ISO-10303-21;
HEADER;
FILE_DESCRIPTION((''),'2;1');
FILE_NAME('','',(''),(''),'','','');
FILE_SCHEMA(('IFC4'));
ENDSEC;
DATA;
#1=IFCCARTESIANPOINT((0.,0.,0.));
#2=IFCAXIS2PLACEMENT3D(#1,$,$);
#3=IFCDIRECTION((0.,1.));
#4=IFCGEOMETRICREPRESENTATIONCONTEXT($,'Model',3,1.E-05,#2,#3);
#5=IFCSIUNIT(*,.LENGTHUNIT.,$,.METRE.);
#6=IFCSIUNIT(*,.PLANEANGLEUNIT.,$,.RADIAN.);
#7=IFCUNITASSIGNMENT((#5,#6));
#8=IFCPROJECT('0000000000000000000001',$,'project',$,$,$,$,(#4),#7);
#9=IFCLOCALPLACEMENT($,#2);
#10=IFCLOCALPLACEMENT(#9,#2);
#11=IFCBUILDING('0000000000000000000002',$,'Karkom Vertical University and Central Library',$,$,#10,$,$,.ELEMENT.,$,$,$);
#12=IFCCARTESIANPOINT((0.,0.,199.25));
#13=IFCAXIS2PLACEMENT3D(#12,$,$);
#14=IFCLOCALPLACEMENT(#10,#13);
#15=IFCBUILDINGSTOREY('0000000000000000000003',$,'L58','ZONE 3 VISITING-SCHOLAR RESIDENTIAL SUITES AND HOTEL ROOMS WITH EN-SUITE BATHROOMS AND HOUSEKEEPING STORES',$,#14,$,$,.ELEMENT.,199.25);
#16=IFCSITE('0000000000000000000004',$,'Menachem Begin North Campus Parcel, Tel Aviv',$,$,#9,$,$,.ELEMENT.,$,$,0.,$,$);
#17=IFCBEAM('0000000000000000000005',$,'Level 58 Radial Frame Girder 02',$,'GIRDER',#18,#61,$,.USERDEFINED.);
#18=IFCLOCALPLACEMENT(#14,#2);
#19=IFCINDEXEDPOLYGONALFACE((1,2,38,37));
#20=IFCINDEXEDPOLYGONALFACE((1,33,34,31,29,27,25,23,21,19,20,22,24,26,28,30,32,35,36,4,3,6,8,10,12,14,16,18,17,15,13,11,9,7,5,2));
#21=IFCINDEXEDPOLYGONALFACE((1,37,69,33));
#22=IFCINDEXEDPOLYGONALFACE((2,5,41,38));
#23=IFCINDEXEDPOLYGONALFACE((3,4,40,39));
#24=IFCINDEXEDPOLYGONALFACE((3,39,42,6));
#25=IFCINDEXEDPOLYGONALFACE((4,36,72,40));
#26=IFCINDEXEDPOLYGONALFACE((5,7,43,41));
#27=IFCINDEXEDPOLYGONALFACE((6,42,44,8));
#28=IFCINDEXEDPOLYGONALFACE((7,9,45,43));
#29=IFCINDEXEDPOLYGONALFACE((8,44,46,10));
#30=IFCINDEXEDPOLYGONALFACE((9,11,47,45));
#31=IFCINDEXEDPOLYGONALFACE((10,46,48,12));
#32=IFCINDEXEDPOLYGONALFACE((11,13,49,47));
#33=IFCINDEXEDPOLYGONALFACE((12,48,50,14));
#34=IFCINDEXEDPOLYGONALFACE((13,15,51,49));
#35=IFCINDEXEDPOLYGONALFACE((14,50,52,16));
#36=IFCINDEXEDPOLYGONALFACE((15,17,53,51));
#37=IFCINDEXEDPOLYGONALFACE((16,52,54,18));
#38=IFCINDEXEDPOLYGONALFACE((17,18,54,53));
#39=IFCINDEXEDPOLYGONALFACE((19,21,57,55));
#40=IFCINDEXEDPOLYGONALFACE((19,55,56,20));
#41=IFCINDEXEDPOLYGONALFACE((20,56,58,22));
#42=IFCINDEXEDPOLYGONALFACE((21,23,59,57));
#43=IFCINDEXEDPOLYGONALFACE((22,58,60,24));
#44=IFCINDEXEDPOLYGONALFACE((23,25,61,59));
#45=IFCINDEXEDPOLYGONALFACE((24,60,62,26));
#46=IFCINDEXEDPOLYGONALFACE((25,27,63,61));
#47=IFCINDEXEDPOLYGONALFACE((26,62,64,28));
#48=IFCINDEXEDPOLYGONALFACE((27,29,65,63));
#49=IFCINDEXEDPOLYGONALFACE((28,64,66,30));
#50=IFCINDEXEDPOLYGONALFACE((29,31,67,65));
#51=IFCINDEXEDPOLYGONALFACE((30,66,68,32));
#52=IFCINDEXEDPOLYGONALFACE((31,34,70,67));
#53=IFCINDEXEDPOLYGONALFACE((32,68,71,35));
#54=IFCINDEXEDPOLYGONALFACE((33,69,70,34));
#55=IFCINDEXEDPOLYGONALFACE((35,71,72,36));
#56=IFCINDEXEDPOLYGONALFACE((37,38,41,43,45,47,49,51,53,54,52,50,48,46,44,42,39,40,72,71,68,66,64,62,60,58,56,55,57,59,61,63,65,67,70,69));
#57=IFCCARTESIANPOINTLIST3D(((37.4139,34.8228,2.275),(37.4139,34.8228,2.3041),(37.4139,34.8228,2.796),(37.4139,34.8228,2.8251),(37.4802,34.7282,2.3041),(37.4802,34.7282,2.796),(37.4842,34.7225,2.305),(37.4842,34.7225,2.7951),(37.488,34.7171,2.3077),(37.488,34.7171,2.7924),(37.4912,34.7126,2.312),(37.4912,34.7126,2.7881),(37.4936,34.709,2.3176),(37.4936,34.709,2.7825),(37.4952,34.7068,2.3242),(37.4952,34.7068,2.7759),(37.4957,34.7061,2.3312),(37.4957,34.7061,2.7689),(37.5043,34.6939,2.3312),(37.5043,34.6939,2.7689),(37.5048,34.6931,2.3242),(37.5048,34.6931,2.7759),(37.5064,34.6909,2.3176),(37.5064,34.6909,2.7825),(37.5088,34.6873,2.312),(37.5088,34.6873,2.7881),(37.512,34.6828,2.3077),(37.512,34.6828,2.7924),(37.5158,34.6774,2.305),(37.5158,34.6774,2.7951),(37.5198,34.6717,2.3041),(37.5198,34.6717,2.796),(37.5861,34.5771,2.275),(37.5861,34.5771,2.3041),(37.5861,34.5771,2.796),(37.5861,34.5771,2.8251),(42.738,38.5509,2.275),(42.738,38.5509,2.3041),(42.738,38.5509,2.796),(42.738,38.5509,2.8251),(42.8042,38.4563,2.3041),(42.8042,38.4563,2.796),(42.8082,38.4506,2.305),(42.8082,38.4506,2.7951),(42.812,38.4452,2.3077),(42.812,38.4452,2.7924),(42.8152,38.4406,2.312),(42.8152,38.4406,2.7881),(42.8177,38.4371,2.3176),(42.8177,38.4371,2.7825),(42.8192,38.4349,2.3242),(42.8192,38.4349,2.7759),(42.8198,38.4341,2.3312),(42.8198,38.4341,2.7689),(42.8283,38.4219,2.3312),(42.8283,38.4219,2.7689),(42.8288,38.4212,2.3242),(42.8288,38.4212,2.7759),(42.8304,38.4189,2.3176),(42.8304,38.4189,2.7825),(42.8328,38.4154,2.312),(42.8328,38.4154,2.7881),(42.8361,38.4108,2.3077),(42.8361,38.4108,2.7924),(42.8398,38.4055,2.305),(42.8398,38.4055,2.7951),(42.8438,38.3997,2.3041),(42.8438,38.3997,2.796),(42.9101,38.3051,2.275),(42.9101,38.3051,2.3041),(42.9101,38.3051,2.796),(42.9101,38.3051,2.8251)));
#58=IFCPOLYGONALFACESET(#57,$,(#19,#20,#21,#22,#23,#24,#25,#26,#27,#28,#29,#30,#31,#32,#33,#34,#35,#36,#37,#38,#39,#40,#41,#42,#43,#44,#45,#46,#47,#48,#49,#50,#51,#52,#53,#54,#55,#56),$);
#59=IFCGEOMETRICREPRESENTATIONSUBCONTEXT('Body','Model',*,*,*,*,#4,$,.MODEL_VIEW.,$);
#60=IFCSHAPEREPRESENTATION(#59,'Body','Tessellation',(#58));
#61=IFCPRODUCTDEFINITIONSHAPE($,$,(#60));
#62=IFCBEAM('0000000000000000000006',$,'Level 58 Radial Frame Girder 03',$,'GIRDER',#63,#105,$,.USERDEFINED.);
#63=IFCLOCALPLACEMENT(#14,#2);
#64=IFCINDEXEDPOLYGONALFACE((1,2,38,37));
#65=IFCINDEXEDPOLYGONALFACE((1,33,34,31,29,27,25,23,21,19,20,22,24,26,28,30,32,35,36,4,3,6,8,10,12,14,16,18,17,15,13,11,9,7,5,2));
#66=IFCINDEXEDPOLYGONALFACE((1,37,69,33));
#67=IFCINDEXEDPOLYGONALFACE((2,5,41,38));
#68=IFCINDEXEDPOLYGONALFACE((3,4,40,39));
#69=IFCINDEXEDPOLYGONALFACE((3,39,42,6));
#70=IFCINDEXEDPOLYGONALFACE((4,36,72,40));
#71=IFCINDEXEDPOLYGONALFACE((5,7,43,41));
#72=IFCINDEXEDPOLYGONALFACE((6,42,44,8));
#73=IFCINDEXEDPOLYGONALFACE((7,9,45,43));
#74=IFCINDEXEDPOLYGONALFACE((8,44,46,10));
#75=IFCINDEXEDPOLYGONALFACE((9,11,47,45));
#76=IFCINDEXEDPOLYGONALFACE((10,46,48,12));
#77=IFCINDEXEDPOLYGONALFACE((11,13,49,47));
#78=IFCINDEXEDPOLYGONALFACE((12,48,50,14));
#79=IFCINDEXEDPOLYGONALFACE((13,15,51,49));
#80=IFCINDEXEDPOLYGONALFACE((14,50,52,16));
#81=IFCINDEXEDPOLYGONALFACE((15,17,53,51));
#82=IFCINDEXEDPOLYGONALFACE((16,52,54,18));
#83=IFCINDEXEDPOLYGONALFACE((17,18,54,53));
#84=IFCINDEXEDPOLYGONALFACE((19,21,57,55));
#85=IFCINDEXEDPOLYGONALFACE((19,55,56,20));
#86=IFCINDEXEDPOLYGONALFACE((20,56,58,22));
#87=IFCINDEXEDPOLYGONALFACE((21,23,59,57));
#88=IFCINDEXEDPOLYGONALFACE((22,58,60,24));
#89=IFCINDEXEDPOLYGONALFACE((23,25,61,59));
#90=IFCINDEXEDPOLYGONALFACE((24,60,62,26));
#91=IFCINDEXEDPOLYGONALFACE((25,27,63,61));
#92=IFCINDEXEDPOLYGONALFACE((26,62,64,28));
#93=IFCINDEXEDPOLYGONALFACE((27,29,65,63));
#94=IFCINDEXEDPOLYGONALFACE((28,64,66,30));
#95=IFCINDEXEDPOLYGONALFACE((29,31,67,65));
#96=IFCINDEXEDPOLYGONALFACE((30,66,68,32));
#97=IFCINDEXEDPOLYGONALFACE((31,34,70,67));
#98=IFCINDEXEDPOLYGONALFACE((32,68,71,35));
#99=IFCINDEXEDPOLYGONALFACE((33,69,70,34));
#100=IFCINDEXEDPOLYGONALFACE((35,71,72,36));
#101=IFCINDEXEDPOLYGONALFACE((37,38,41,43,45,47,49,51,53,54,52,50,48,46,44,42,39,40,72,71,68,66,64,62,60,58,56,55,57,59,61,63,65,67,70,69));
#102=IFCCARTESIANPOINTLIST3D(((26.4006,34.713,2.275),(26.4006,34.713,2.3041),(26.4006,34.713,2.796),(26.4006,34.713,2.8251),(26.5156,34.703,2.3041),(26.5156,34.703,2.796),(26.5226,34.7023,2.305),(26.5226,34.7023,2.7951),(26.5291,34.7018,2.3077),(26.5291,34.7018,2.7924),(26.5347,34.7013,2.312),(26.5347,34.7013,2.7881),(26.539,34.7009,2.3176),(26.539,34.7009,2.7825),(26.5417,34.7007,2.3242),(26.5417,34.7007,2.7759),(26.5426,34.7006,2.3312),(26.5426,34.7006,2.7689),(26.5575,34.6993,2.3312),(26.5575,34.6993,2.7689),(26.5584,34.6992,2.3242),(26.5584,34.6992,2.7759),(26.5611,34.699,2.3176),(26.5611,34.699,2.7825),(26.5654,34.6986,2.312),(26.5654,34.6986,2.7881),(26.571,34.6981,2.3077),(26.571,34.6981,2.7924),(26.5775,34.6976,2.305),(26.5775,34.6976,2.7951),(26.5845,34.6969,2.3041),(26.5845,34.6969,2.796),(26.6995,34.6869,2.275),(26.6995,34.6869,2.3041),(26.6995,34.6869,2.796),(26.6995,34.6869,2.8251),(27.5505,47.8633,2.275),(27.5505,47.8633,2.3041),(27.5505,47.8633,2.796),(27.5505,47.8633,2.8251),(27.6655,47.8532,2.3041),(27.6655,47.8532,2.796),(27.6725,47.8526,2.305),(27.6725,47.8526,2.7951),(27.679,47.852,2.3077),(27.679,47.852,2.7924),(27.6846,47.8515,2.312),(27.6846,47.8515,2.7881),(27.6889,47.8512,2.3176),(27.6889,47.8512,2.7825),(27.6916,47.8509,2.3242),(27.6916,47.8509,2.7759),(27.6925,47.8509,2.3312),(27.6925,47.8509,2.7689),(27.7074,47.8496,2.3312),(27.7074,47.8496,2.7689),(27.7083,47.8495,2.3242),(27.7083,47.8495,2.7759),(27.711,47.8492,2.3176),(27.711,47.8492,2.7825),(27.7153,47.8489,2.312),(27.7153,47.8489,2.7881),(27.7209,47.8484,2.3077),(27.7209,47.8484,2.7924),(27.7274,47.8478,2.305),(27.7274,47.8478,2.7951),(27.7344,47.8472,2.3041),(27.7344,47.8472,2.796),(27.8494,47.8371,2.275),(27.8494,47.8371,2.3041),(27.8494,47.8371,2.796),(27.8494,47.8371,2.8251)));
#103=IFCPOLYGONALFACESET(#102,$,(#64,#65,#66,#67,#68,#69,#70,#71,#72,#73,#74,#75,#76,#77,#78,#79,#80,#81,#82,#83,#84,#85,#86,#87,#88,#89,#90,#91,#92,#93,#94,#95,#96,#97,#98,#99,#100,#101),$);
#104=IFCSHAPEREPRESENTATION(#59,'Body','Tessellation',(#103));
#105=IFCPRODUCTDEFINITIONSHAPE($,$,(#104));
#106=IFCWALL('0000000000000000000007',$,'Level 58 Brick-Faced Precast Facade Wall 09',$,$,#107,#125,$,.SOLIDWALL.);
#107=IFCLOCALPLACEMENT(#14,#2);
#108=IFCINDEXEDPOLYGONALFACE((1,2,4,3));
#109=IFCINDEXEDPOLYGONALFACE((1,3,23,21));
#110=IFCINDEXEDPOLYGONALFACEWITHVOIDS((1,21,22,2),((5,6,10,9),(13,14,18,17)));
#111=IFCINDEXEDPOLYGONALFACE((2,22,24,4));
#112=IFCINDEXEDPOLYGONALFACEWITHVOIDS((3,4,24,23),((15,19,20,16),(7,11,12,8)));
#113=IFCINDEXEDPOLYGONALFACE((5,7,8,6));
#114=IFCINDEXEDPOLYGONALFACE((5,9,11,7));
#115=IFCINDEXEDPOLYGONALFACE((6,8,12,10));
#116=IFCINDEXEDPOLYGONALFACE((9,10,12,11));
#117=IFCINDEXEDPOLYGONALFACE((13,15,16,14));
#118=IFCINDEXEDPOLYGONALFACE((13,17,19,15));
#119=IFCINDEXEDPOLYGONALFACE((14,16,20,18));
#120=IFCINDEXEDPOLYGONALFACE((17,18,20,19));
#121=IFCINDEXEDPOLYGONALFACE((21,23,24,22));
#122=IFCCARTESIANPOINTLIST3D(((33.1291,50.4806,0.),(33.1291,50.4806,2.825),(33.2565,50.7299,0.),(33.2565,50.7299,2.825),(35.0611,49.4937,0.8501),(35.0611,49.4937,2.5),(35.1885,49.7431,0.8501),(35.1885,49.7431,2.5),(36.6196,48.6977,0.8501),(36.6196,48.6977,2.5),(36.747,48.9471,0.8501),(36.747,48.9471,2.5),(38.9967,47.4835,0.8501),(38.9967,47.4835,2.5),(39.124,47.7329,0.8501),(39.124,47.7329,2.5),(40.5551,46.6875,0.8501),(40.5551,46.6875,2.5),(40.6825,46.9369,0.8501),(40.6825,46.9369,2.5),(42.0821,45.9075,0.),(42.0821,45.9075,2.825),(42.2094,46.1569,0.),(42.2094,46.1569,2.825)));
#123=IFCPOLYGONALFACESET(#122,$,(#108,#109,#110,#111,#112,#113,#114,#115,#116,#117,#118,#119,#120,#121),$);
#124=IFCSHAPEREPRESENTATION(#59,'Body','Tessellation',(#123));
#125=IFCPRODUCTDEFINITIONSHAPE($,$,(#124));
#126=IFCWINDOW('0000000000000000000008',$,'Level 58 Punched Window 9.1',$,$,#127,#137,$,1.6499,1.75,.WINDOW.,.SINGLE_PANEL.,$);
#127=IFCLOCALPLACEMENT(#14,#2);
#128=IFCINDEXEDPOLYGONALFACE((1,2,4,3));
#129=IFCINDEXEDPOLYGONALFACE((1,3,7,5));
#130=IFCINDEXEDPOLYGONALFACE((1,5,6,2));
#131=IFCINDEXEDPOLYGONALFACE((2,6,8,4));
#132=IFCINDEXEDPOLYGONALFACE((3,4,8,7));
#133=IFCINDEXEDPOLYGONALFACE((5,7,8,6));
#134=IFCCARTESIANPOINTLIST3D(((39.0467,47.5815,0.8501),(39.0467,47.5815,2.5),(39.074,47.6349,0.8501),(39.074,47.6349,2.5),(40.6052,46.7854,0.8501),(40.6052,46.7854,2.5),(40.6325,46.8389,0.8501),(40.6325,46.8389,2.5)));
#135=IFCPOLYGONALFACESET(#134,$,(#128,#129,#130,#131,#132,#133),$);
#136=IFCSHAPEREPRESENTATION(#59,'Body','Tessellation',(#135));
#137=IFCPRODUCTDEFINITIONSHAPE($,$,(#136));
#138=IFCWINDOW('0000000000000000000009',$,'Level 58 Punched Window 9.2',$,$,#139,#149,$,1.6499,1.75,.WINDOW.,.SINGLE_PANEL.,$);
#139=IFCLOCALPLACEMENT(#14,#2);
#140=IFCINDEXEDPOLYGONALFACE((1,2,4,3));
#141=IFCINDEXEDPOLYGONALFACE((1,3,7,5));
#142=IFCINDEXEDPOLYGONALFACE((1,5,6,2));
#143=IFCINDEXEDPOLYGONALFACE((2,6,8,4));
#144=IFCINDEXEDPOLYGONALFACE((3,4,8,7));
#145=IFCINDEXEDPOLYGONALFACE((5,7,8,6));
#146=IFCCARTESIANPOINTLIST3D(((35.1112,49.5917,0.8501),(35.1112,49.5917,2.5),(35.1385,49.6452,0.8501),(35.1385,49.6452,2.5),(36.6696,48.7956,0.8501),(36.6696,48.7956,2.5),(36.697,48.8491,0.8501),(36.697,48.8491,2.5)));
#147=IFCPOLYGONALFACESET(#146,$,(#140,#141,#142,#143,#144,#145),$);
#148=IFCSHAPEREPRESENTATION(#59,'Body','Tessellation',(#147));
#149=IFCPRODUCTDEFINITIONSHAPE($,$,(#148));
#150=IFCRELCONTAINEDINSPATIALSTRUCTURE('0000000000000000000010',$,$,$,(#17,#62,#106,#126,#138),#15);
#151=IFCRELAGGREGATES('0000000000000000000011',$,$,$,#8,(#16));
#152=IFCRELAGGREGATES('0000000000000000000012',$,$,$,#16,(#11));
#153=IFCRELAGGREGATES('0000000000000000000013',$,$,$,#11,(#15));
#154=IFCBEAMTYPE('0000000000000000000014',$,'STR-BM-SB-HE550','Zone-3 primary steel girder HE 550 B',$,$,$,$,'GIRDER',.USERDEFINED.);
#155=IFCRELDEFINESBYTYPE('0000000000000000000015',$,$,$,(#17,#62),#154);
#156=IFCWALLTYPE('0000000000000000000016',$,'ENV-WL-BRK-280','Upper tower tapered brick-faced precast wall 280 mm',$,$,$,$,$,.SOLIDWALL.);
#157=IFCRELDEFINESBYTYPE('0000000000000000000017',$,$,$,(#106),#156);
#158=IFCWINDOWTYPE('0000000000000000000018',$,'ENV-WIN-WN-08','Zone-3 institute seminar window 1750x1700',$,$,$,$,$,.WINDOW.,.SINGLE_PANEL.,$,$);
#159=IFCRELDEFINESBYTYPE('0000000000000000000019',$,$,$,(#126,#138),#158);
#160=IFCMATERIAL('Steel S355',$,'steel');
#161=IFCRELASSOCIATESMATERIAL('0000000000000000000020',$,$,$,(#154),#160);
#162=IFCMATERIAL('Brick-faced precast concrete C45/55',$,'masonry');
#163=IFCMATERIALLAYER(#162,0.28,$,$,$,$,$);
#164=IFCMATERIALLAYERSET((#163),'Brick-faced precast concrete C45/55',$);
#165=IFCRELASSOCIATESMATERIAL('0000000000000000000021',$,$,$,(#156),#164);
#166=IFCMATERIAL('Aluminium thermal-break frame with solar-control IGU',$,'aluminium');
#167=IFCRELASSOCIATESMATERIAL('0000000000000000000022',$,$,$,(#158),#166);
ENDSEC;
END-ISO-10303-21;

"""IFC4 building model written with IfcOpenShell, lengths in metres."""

from ifc_helpers import new_model, si_unit, direction, frame, frame_2d, origin, origin_with_axes, origin_2d, place, context, subcontext, project, spatial, rectangle, i_section, extrude, source, transform, mapped, material, layer, layer_set, material_profile, profile_set, type_object, element, fill, save


model = new_model("IFC4")

# Units and contexts
model_context = context("Model", 3, precision=1e-05, world=origin(), true_north=direction((0.0, 1.0)))
body_context = subcontext(model_context, "Body", "Model", "MODEL_VIEW")
ifc_project = project(units=[si_unit("LENGTHUNIT", "METRE"), si_unit("PLANEANGLEUNIT", "RADIAN")], contexts=[model_context])

# Site, building, storey
site_placement = place(None, origin())
site = spatial("IfcSite", under=ifc_project, at=site_placement, Name="Menachem Begin North Campus Parcel, Tel Aviv", CompositionType="ELEMENT", RefElevation=0.0)
building_placement = place(site_placement, origin())
building = spatial("IfcBuilding", under=site, at=building_placement, Name="Karkom Vertical University and Central Library", CompositionType="ELEMENT")
storey_placement = place(building_placement, frame((0.0, 0.0, 199.25)))
storey = spatial("IfcBuildingStorey", under=building, at=storey_placement, Name="L58", Description="ZONE 3 VISITING-SCHOLAR RESIDENTIAL SUITES AND HOTEL ROOMS WITH EN-SUITE BATHROOMS AND HOUSEKEEPING STORES", CompositionType="ELEMENT", Elevation=199.25)

# Beams
ifc_material_1 = material(Name="Steel S355", Category="steel")
ifc_material_profile_1 = material_profile(ifc_material_1, i_section(OverallWidth=0.3, OverallDepth=0.55, WebThickness=0.0149, FlangeThickness=0.0291, FilletRadius=0.0271, at=origin_2d()), Name="HE 550 B")
ifc_profile_set_1 = profile_set([ifc_material_profile_1], Name="Steel S355")
beam_type_1 = type_object("IfcBeamType", Name="STR-BM-SB-HE550", Description="Zone-3 primary steel girder HE 550 B", ElementType="GIRDER", PredefinedType="USERDEFINED", material=ifc_profile_set_1)
shared_shape_1 = source(origin_with_axes(), body_context, "Body", "SweptSolid", [
    extrude(i_section(OverallWidth=0.3, OverallDepth=0.55, WebThickness=0.0149, FlangeThickness=0.0291, FilletRadius=0.0271, at=origin_2d()), origin(), (0.0, 0.0, 1.0), 6.4995),
])
beam_1_placement = place(storey_placement, frame((37.5, 34.7, 2.55), z_axis=(0.819142, 0.573591, 0.0), x_axis=(-0.573591, 0.819142, 0.0)))
element("IfcBeam", 1, at=beam_1_placement, inside=storey, type_object=beam_type_1, Name="Level 58 Radial Frame Girder 02", ObjectType="GIRDER", PredefinedType="USERDEFINED", context=body_context, shape_type="MappedRepresentation", body=[
    mapped(shared_shape_1, transform((0.0, 0.0, 0.0), scale=1.0)),
])
shared_shape_2 = source(origin_with_axes(), body_context, "Body", "SweptSolid", [
    extrude(i_section(OverallWidth=0.3, OverallDepth=0.55, WebThickness=0.0149, FlangeThickness=0.0291, FilletRadius=0.0271, at=origin_2d()), origin(), (0.0, 0.0, 1.0), 13.2004),
])
beam_2_placement = place(storey_placement, frame((26.55, 34.7, 2.55), z_axis=(0.087112, 0.996199, 0.0), x_axis=(-0.996199, 0.087112, 0.0)))
element("IfcBeam", 2, at=beam_2_placement, inside=storey, type_object=beam_type_1, Name="Level 58 Radial Frame Girder 03", ObjectType="GIRDER", PredefinedType="USERDEFINED", context=body_context, shape_type="MappedRepresentation", body=[
    mapped(shared_shape_2, transform((0.0, 0.0, 0.0), scale=1.0)),
])

# Wall, openings, windows
ifc_material_2 = material(Name="Brick-faced precast concrete C45/55", Category="masonry")
ifc_layer_1 = layer(ifc_material_2, 0.28)
ifc_layer_set_1 = layer_set([ifc_layer_1], Name="Brick-faced precast concrete C45/55")
wall_type_1 = type_object("IfcWallType", Name="ENV-WL-BRK-280", Description="Upper tower tapered brick-faced precast wall 280 mm", PredefinedType="SOLIDWALL", material=ifc_layer_set_1)
wall_1_placement = place(storey_placement, frame((42.1458, 46.0322, 0.0), z_axis=(0.0, 0.0, 1.0), x_axis=(-0.890552, 0.454881, 0.0)))
wall_1 = element("IfcWall", 3, at=wall_1_placement, inside=storey, type_object=wall_type_1, Name="Level 58 Brick-Faced Precast Facade Wall 09", PredefinedType="SOLIDWALL", context=body_context, shape_type="SweptSolid", body=[
    extrude(rectangle(XDim=10.0532, YDim=0.28, at=frame_2d((5.0266, 0.0))), origin(), (0.0, 0.0, 1.0), 2.825),
])
opening_1_placement = place(wall_1_placement, frame((1.7146, 0.0, 0.8501)))
opening_1 = element("IfcOpeningElement", 4, at=opening_1_placement, cuts=wall_1, PredefinedType="OPENING", context=body_context, shape_type="SweptSolid", body=[
    extrude(rectangle(XDim=1.75, YDim=1.6499, at=frame_2d((0.875, 0.825))), frame((0.0, 0.1499, 0.0), z_axis=(0.0, -1.0, 0.0), x_axis=(1.0, 0.0, 0.0)), (0.0, 0.0, 1.0), 0.3),
])
opening_2_placement = place(wall_1_placement, frame((6.1338, 0.0, 0.8501)))
opening_2 = element("IfcOpeningElement", 5, at=opening_2_placement, cuts=wall_1, PredefinedType="OPENING", context=body_context, shape_type="SweptSolid", body=[
    extrude(rectangle(XDim=1.75, YDim=1.6499, at=frame_2d((0.875, 0.825))), frame((0.0, 0.1499, 0.0), z_axis=(0.0, -1.0, 0.0), x_axis=(1.0, 0.0, 0.0)), (0.0, 0.0, 1.0), 0.3),
])
ifc_material_3 = material(Name="Aluminium thermal-break frame with solar-control IGU", Category="aluminium")
window_type = type_object("IfcWindowType", Name="ENV-WIN-WN-08", Description="Zone-3 institute seminar window 1750x1700", PartitioningType="SINGLE_PANEL", PredefinedType="WINDOW", material=ifc_material_3)
shared_shape_3 = source(origin_with_axes(), body_context, "Body", "SweptSolid", [
    extrude(rectangle(XDim=1.75, YDim=1.6499, at=frame_2d((0.875, 0.825))), frame((0.0, 0.03, 0.0), z_axis=(0.0, -1.0, 0.0), x_axis=(1.0, 0.0, 0.0)), (0.0, 0.0, 1.0), 0.0601),
])
window_1_placement = place(opening_1_placement, origin())
window_1 = element("IfcWindow", 6, at=window_1_placement, inside=storey, type_object=window_type, Name="Level 58 Punched Window 9.1", OverallHeight=1.6499, OverallWidth=1.75, PartitioningType="SINGLE_PANEL", PredefinedType="WINDOW", context=body_context, shape_type="MappedRepresentation", body=[
    mapped(shared_shape_3, transform((0.0, 0.0, 0.0), scale=1.0)),
])
fill(opening_1, window_1)
window_2_placement = place(opening_2_placement, origin())
window_2 = element("IfcWindow", 7, at=window_2_placement, inside=storey, type_object=window_type, Name="Level 58 Punched Window 9.2", OverallHeight=1.6499, OverallWidth=1.75, PartitioningType="SINGLE_PANEL", PredefinedType="WINDOW", context=body_context, shape_type="MappedRepresentation", body=[
    mapped(shared_shape_3, transform((0.0, 0.0, 0.0), scale=1.0)),
])
fill(opening_2, window_2)

save(model, "model.ifc")
